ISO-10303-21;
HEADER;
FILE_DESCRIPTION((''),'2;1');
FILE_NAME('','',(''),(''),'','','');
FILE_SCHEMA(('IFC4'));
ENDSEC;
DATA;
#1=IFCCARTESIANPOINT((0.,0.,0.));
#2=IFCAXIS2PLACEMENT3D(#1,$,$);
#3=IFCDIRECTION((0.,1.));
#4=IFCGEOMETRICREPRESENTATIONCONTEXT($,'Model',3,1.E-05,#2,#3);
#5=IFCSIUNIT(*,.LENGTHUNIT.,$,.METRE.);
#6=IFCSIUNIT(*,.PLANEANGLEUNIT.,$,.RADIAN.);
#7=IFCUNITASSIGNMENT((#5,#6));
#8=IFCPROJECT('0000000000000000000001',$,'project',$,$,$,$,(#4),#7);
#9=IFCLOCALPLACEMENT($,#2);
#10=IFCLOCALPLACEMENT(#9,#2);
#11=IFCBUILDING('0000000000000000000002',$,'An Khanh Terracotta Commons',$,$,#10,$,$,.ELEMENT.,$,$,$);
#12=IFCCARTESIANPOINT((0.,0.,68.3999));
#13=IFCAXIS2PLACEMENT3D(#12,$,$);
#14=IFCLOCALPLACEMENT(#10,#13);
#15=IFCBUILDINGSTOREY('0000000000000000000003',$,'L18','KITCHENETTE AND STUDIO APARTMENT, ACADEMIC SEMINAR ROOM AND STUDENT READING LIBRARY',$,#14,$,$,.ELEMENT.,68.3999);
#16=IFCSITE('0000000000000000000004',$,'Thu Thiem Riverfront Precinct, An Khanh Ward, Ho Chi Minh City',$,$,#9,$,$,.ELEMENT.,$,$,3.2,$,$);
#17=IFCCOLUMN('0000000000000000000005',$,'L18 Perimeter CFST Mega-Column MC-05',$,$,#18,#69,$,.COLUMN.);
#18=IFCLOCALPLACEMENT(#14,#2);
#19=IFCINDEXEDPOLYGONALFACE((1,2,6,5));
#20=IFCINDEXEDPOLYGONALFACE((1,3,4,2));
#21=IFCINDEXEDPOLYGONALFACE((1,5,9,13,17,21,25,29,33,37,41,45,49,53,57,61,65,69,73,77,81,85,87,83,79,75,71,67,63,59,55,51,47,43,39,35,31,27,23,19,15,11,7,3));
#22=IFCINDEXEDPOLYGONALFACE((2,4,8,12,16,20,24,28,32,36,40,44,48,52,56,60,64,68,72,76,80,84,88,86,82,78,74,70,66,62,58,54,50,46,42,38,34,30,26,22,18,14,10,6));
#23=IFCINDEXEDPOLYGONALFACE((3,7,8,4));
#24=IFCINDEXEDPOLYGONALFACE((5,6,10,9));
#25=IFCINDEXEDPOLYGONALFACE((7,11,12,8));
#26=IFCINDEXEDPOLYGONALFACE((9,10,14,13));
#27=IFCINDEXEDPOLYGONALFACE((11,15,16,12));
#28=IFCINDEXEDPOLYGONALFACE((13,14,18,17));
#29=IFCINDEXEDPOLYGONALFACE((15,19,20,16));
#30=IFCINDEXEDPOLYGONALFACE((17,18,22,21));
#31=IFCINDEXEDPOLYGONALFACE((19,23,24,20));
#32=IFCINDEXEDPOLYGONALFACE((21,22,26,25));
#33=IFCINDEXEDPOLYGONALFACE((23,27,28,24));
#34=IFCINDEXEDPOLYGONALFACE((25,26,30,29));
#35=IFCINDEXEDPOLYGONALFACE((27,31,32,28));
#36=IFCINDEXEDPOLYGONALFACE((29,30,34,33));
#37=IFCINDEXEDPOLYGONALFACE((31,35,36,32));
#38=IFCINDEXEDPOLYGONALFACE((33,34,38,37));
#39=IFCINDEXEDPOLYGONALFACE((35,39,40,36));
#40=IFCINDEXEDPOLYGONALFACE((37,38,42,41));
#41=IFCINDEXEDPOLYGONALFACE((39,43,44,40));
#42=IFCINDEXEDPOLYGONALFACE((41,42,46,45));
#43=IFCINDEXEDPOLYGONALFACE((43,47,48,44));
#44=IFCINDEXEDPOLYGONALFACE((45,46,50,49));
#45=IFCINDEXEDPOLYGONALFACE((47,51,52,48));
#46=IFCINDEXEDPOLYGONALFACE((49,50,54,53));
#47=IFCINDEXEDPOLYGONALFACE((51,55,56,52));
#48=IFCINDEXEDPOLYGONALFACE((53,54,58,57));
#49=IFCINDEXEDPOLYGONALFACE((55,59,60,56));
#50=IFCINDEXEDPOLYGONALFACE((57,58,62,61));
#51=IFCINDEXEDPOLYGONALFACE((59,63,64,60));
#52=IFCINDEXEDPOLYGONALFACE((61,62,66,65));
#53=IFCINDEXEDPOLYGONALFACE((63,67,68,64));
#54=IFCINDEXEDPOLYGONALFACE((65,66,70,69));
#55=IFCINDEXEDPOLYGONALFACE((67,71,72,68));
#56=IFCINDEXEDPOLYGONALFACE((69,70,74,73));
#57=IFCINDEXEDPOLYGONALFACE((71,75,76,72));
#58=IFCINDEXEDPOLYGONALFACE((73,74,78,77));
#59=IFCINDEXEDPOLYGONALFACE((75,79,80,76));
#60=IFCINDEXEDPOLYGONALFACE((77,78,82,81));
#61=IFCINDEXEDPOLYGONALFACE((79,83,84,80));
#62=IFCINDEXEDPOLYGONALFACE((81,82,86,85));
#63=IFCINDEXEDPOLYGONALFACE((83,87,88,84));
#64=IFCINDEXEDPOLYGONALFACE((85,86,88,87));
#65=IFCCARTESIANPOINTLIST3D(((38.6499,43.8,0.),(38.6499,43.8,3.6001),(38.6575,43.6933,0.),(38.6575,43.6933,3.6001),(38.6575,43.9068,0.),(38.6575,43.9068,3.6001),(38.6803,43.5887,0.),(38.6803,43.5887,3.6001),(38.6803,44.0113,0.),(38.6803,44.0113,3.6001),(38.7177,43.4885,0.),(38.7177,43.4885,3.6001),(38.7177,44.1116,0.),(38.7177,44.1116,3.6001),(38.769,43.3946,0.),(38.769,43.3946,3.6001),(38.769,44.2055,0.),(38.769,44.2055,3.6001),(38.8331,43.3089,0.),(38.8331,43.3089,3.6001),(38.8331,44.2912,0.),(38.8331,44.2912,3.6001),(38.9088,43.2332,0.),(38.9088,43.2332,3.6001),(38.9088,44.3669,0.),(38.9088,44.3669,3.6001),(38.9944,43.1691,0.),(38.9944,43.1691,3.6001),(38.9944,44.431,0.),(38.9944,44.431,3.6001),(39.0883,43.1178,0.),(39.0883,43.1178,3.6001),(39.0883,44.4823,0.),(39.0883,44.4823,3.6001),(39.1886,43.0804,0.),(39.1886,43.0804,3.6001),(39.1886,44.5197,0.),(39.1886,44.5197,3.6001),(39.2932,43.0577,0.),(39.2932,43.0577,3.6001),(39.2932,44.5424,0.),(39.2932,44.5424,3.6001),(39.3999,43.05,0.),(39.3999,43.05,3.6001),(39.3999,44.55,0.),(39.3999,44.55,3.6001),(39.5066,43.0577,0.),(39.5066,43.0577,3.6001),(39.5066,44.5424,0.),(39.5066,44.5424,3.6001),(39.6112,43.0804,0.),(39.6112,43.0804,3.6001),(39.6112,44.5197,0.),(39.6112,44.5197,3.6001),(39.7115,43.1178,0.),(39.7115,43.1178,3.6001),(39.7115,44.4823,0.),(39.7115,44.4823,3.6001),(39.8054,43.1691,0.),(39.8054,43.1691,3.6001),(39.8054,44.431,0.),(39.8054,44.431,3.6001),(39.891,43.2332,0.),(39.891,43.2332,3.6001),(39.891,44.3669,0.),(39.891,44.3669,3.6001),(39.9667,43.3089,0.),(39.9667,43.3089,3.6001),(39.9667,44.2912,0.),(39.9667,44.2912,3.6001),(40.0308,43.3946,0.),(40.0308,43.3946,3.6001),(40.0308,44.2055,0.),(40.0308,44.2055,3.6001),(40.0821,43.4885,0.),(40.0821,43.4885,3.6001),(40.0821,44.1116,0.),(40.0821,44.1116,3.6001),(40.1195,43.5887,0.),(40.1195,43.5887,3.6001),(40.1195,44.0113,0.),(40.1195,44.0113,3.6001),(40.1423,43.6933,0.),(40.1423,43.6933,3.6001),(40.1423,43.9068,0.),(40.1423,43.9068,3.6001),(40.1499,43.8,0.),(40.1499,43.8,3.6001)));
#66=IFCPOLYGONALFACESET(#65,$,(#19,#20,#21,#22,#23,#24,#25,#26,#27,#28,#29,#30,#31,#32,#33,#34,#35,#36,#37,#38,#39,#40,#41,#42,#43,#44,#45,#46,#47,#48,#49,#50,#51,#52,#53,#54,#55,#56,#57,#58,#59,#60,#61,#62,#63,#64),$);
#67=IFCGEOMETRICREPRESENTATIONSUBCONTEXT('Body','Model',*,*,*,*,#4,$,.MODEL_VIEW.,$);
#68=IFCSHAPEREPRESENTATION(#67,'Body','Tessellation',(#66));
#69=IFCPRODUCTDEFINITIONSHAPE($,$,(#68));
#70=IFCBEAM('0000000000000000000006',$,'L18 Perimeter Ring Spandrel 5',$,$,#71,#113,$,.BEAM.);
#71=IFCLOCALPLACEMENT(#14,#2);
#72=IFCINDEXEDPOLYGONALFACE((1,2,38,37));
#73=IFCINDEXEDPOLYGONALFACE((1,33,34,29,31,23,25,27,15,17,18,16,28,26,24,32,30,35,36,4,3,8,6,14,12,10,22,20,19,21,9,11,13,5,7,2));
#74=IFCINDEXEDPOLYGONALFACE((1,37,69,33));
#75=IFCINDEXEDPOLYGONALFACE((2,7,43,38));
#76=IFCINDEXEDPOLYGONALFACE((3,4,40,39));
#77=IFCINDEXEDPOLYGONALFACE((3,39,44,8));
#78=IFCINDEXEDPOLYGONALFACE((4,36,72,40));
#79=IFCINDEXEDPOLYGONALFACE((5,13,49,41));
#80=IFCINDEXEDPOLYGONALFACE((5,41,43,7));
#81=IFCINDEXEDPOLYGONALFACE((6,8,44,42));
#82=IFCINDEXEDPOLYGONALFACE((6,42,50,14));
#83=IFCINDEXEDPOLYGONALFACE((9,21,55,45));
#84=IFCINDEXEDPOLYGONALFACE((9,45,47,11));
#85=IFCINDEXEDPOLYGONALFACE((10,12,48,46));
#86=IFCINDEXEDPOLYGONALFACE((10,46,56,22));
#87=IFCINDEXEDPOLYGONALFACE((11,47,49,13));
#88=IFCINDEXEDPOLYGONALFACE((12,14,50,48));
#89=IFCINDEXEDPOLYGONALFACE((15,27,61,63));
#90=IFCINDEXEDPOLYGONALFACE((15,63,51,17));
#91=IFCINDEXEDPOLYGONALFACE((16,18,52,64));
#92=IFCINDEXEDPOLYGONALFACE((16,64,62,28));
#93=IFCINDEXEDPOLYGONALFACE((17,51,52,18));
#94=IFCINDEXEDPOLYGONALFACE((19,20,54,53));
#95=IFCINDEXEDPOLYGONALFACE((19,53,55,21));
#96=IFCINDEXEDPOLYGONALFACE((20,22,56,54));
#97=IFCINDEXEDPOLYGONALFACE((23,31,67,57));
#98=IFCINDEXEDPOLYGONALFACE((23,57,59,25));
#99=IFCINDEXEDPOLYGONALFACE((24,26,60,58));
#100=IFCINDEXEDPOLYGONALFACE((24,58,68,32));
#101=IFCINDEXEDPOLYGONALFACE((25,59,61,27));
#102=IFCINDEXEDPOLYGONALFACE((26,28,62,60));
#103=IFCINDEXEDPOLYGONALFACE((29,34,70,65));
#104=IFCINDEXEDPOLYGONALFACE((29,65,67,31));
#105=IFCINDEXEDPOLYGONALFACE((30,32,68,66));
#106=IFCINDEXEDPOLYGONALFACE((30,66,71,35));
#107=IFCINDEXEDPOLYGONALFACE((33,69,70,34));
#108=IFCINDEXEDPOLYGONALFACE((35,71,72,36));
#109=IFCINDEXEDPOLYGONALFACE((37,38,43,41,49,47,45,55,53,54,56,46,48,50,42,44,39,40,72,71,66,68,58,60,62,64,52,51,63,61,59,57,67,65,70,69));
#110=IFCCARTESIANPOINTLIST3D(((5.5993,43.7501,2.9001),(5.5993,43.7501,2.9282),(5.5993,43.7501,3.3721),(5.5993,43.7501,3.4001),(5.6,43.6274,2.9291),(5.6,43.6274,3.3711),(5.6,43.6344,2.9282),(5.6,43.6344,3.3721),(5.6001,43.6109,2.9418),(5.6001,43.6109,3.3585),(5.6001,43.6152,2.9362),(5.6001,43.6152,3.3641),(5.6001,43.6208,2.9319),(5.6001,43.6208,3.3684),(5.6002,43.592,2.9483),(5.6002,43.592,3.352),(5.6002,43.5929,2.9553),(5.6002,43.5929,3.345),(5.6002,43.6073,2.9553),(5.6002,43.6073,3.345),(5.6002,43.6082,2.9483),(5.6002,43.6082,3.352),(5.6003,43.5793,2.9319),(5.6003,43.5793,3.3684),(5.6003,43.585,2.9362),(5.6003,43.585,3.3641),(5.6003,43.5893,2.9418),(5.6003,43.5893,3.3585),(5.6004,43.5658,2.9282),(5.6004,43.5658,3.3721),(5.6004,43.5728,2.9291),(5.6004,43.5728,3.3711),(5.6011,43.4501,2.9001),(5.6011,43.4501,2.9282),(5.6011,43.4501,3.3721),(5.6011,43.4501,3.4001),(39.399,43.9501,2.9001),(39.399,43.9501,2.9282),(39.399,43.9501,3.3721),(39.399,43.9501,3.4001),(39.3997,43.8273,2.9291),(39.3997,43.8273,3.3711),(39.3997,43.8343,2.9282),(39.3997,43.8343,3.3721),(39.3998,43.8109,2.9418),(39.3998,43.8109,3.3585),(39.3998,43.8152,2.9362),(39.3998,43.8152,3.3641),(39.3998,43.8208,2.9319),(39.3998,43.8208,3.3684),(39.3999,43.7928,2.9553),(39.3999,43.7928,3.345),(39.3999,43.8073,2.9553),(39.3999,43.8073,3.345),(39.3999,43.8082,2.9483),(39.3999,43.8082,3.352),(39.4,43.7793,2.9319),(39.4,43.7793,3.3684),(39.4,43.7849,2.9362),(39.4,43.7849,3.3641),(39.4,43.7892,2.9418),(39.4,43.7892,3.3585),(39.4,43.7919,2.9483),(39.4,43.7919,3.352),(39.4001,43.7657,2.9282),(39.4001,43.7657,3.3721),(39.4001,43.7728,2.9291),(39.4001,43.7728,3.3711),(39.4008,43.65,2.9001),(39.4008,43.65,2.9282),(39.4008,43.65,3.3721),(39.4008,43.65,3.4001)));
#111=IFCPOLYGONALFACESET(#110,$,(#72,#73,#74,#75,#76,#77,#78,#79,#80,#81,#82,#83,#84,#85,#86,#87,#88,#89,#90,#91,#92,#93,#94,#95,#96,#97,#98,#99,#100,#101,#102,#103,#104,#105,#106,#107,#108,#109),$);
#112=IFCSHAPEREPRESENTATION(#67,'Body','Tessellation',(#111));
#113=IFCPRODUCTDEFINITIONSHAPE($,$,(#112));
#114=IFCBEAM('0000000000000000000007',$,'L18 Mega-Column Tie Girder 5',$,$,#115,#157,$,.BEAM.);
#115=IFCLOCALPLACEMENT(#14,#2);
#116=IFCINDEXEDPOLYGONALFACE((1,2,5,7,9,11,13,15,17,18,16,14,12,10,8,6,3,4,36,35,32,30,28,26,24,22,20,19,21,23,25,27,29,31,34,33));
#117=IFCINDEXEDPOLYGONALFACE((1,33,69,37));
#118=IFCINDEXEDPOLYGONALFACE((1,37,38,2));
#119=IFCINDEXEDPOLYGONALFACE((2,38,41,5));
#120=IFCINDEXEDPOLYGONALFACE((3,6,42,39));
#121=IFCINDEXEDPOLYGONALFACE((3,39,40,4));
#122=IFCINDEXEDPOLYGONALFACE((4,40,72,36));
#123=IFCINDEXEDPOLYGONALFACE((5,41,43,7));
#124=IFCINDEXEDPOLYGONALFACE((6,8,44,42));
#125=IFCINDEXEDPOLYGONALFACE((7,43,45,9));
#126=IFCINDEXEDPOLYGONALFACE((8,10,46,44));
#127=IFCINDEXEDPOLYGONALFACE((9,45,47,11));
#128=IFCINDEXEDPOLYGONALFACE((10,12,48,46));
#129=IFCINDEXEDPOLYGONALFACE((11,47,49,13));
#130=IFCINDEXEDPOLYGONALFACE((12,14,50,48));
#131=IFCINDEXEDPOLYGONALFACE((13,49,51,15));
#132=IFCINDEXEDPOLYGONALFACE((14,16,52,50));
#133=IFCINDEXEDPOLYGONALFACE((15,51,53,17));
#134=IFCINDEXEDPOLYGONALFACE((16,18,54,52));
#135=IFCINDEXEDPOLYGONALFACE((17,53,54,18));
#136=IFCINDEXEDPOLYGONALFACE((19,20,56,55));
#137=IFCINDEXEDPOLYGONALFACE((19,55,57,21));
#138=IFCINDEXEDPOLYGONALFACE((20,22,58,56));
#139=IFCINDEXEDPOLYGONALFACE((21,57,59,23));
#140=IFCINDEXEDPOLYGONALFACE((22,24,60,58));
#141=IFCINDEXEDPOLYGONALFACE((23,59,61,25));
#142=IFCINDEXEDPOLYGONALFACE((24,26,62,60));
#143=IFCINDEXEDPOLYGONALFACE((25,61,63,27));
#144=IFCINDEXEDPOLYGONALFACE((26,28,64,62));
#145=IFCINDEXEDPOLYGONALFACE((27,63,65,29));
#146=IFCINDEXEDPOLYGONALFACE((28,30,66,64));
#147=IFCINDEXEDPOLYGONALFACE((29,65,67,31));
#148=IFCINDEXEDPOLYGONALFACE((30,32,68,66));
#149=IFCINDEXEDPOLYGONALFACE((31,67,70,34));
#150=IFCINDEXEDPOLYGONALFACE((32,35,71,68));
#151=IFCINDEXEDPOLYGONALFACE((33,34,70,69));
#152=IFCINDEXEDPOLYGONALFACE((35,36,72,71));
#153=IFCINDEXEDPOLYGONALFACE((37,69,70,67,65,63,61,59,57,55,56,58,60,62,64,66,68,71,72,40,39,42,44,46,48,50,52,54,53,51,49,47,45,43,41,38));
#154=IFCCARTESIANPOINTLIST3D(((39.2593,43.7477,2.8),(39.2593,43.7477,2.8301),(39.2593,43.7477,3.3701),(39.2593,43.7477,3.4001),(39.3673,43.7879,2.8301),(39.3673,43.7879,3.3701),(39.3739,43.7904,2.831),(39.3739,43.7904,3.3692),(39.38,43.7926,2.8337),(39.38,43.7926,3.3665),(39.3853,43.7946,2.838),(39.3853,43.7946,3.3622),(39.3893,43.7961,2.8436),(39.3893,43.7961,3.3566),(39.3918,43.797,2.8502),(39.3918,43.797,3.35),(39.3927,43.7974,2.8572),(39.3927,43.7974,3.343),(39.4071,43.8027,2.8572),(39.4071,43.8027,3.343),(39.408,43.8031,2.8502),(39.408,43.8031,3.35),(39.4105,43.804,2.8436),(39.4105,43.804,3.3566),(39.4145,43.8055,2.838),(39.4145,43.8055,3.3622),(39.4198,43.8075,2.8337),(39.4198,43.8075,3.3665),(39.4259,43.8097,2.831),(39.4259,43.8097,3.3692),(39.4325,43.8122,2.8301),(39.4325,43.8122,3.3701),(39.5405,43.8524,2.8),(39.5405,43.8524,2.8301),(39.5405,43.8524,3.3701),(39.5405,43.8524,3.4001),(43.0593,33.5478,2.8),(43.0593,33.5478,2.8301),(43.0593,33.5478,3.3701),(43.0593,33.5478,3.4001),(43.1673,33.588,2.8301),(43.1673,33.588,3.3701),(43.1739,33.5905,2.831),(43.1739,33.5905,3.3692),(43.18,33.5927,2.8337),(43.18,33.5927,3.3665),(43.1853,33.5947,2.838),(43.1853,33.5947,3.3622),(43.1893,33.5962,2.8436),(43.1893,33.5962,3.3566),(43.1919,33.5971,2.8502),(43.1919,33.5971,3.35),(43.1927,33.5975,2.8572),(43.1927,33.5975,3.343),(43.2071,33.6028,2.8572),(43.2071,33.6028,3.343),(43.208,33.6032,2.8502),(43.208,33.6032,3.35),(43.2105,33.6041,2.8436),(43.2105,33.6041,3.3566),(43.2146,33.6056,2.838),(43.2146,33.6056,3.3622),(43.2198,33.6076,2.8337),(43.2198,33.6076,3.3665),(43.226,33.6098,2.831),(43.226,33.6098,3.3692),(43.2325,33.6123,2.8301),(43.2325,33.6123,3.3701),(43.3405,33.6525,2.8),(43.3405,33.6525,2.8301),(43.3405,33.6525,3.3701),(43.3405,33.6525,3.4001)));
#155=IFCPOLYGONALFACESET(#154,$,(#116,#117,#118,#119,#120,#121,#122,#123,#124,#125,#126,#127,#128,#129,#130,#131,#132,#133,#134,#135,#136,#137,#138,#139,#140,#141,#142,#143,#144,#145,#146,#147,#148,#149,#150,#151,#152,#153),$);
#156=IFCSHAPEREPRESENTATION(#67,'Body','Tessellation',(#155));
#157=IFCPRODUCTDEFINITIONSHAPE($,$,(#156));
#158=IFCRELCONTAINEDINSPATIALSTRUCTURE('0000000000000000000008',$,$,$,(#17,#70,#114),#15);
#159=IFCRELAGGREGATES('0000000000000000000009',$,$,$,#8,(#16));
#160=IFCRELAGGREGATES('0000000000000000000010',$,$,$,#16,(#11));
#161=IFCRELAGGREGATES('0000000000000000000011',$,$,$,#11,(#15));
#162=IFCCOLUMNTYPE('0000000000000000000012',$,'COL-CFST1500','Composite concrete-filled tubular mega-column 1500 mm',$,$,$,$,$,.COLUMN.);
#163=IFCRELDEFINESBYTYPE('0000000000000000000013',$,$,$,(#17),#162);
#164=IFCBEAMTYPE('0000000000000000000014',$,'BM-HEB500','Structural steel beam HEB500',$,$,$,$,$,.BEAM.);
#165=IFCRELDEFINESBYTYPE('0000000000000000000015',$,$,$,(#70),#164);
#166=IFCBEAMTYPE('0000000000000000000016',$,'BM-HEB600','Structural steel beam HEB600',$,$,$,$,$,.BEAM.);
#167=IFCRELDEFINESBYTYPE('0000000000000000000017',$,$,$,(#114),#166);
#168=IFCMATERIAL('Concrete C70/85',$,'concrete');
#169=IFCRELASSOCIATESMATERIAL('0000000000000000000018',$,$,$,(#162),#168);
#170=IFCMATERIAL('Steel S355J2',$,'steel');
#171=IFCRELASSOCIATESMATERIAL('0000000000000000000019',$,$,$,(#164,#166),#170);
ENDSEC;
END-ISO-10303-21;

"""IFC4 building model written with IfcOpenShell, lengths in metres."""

from ifc_helpers import new_model, si_unit, direction, frame, origin, origin_2d, place, context, subcontext, project, spatial, circle, i_section, extrude, material, material_profile, profile_set, type_object, element, save


model = new_model("IFC4")

# Units and contexts
model_context = context("Model", 3, precision=1e-05, world=origin(), true_north=direction((0.0, 1.0)))
body_context = subcontext(model_context, "Body", "Model", "MODEL_VIEW")
ifc_project = project(units=[si_unit("LENGTHUNIT", "METRE"), si_unit("PLANEANGLEUNIT", "RADIAN")], contexts=[model_context])

# Site, building, storey
site_placement = place(None, origin())
site = spatial("IfcSite", under=ifc_project, at=site_placement, Name="Thu Thiem Riverfront Precinct, An Khanh Ward, Ho Chi Minh City", CompositionType="ELEMENT", RefElevation=3.2)
building_placement = place(site_placement, origin())
building = spatial("IfcBuilding", under=site, at=building_placement, Name="An Khanh Terracotta Commons", CompositionType="ELEMENT")
storey_placement = place(building_placement, frame((0.0, 0.0, 68.3999)))
storey = spatial("IfcBuildingStorey", under=building, at=storey_placement, Name="L18", Description="KITCHENETTE AND STUDIO APARTMENT, ACADEMIC SEMINAR ROOM AND STUDENT READING LIBRARY", CompositionType="ELEMENT", Elevation=68.3999)

# Column
ifc_material_1 = material(Name="Concrete C70/85", Category="concrete")
ifc_material_profile_1 = material_profile(ifc_material_1, circle(Radius=0.75, at=origin_2d()), Name="CFST1500")
ifc_profile_set_1 = profile_set([ifc_material_profile_1], Name="Concrete C70/85")
column_type = type_object("IfcColumnType", Name="COL-CFST1500", Description="Composite concrete-filled tubular mega-column 1500 mm", PredefinedType="COLUMN", material=ifc_profile_set_1)
column_placement = place(storey_placement, frame((39.3999, 43.8, 0.0), z_axis=(0.0, 0.0, 1.0), x_axis=(1.0, 0.0, 0.0)))
element("IfcColumn", 1, at=column_placement, inside=storey, type_object=column_type, Name="L18 Perimeter CFST Mega-Column MC-05", PredefinedType="COLUMN", context=body_context, shape_type="SweptSolid", body=[
    extrude(circle(Radius=0.75, at=origin_2d()), origin(), (0.0, 0.0, 1.0), 3.6001),
])

# Beams
ifc_material_2 = material(Name="Steel S355J2", Category="steel")
ifc_material_profile_2 = material_profile(ifc_material_2, i_section(OverallWidth=0.3, OverallDepth=0.5, WebThickness=0.0144, FlangeThickness=0.0281, FilletRadius=0.0271, at=origin_2d()), Name="HEB500")
ifc_profile_set_2 = profile_set([ifc_material_profile_2], Name="Steel S355J2")
beam_type_1 = type_object("IfcBeamType", Name="BM-HEB500", Description="Structural steel beam HEB500", PredefinedType="BEAM", material=ifc_profile_set_2)
beam_1_placement = place(storey_placement, frame((39.3999, 43.8, 3.1501), z_axis=(-0.999983, -0.005916, 0.0), x_axis=(0.005916, -0.999983, 0.0)))
element("IfcBeam", 2, at=beam_1_placement, inside=storey, type_object=beam_type_1, Name="L18 Perimeter Ring Spandrel 5", PredefinedType="BEAM", context=body_context, shape_type="SweptSolid", body=[
    extrude(i_section(OverallWidth=0.3, OverallDepth=0.5, WebThickness=0.0144, FlangeThickness=0.0281, FilletRadius=0.0271, at=origin_2d()), origin(), (0.0, 0.0, 1.0), 33.8003),
])
ifc_material_profile_3 = material_profile(ifc_material_2, i_section(OverallWidth=0.3, OverallDepth=0.6001, WebThickness=0.0154, FlangeThickness=0.03, FilletRadius=0.0271, at=origin_2d()), Name="HEB600")
ifc_profile_set_3 = profile_set([ifc_material_profile_3], Name="Steel S355J2")
beam_type_2 = type_object("IfcBeamType", Name="BM-HEB600", Description="Structural steel beam HEB600", PredefinedType="BEAM", material=ifc_profile_set_3)
beam_2_placement = place(storey_placement, frame((39.3999, 43.8, 3.1001), z_axis=(0.349114, -0.93708, 0.0), x_axis=(0.93708, 0.349114, 0.0)))
element("IfcBeam", 3, at=beam_2_placement, inside=storey, type_object=beam_type_2, Name="L18 Mega-Column Tie Girder 5", PredefinedType="BEAM", context=body_context, shape_type="SweptSolid", body=[
    extrude(i_section(OverallWidth=0.3, OverallDepth=0.6001, WebThickness=0.0154, FlangeThickness=0.03, FilletRadius=0.0271, at=origin_2d()), origin(), (0.0, 0.0, 1.0), 10.8848),
])

save(model, "model.ifc")
